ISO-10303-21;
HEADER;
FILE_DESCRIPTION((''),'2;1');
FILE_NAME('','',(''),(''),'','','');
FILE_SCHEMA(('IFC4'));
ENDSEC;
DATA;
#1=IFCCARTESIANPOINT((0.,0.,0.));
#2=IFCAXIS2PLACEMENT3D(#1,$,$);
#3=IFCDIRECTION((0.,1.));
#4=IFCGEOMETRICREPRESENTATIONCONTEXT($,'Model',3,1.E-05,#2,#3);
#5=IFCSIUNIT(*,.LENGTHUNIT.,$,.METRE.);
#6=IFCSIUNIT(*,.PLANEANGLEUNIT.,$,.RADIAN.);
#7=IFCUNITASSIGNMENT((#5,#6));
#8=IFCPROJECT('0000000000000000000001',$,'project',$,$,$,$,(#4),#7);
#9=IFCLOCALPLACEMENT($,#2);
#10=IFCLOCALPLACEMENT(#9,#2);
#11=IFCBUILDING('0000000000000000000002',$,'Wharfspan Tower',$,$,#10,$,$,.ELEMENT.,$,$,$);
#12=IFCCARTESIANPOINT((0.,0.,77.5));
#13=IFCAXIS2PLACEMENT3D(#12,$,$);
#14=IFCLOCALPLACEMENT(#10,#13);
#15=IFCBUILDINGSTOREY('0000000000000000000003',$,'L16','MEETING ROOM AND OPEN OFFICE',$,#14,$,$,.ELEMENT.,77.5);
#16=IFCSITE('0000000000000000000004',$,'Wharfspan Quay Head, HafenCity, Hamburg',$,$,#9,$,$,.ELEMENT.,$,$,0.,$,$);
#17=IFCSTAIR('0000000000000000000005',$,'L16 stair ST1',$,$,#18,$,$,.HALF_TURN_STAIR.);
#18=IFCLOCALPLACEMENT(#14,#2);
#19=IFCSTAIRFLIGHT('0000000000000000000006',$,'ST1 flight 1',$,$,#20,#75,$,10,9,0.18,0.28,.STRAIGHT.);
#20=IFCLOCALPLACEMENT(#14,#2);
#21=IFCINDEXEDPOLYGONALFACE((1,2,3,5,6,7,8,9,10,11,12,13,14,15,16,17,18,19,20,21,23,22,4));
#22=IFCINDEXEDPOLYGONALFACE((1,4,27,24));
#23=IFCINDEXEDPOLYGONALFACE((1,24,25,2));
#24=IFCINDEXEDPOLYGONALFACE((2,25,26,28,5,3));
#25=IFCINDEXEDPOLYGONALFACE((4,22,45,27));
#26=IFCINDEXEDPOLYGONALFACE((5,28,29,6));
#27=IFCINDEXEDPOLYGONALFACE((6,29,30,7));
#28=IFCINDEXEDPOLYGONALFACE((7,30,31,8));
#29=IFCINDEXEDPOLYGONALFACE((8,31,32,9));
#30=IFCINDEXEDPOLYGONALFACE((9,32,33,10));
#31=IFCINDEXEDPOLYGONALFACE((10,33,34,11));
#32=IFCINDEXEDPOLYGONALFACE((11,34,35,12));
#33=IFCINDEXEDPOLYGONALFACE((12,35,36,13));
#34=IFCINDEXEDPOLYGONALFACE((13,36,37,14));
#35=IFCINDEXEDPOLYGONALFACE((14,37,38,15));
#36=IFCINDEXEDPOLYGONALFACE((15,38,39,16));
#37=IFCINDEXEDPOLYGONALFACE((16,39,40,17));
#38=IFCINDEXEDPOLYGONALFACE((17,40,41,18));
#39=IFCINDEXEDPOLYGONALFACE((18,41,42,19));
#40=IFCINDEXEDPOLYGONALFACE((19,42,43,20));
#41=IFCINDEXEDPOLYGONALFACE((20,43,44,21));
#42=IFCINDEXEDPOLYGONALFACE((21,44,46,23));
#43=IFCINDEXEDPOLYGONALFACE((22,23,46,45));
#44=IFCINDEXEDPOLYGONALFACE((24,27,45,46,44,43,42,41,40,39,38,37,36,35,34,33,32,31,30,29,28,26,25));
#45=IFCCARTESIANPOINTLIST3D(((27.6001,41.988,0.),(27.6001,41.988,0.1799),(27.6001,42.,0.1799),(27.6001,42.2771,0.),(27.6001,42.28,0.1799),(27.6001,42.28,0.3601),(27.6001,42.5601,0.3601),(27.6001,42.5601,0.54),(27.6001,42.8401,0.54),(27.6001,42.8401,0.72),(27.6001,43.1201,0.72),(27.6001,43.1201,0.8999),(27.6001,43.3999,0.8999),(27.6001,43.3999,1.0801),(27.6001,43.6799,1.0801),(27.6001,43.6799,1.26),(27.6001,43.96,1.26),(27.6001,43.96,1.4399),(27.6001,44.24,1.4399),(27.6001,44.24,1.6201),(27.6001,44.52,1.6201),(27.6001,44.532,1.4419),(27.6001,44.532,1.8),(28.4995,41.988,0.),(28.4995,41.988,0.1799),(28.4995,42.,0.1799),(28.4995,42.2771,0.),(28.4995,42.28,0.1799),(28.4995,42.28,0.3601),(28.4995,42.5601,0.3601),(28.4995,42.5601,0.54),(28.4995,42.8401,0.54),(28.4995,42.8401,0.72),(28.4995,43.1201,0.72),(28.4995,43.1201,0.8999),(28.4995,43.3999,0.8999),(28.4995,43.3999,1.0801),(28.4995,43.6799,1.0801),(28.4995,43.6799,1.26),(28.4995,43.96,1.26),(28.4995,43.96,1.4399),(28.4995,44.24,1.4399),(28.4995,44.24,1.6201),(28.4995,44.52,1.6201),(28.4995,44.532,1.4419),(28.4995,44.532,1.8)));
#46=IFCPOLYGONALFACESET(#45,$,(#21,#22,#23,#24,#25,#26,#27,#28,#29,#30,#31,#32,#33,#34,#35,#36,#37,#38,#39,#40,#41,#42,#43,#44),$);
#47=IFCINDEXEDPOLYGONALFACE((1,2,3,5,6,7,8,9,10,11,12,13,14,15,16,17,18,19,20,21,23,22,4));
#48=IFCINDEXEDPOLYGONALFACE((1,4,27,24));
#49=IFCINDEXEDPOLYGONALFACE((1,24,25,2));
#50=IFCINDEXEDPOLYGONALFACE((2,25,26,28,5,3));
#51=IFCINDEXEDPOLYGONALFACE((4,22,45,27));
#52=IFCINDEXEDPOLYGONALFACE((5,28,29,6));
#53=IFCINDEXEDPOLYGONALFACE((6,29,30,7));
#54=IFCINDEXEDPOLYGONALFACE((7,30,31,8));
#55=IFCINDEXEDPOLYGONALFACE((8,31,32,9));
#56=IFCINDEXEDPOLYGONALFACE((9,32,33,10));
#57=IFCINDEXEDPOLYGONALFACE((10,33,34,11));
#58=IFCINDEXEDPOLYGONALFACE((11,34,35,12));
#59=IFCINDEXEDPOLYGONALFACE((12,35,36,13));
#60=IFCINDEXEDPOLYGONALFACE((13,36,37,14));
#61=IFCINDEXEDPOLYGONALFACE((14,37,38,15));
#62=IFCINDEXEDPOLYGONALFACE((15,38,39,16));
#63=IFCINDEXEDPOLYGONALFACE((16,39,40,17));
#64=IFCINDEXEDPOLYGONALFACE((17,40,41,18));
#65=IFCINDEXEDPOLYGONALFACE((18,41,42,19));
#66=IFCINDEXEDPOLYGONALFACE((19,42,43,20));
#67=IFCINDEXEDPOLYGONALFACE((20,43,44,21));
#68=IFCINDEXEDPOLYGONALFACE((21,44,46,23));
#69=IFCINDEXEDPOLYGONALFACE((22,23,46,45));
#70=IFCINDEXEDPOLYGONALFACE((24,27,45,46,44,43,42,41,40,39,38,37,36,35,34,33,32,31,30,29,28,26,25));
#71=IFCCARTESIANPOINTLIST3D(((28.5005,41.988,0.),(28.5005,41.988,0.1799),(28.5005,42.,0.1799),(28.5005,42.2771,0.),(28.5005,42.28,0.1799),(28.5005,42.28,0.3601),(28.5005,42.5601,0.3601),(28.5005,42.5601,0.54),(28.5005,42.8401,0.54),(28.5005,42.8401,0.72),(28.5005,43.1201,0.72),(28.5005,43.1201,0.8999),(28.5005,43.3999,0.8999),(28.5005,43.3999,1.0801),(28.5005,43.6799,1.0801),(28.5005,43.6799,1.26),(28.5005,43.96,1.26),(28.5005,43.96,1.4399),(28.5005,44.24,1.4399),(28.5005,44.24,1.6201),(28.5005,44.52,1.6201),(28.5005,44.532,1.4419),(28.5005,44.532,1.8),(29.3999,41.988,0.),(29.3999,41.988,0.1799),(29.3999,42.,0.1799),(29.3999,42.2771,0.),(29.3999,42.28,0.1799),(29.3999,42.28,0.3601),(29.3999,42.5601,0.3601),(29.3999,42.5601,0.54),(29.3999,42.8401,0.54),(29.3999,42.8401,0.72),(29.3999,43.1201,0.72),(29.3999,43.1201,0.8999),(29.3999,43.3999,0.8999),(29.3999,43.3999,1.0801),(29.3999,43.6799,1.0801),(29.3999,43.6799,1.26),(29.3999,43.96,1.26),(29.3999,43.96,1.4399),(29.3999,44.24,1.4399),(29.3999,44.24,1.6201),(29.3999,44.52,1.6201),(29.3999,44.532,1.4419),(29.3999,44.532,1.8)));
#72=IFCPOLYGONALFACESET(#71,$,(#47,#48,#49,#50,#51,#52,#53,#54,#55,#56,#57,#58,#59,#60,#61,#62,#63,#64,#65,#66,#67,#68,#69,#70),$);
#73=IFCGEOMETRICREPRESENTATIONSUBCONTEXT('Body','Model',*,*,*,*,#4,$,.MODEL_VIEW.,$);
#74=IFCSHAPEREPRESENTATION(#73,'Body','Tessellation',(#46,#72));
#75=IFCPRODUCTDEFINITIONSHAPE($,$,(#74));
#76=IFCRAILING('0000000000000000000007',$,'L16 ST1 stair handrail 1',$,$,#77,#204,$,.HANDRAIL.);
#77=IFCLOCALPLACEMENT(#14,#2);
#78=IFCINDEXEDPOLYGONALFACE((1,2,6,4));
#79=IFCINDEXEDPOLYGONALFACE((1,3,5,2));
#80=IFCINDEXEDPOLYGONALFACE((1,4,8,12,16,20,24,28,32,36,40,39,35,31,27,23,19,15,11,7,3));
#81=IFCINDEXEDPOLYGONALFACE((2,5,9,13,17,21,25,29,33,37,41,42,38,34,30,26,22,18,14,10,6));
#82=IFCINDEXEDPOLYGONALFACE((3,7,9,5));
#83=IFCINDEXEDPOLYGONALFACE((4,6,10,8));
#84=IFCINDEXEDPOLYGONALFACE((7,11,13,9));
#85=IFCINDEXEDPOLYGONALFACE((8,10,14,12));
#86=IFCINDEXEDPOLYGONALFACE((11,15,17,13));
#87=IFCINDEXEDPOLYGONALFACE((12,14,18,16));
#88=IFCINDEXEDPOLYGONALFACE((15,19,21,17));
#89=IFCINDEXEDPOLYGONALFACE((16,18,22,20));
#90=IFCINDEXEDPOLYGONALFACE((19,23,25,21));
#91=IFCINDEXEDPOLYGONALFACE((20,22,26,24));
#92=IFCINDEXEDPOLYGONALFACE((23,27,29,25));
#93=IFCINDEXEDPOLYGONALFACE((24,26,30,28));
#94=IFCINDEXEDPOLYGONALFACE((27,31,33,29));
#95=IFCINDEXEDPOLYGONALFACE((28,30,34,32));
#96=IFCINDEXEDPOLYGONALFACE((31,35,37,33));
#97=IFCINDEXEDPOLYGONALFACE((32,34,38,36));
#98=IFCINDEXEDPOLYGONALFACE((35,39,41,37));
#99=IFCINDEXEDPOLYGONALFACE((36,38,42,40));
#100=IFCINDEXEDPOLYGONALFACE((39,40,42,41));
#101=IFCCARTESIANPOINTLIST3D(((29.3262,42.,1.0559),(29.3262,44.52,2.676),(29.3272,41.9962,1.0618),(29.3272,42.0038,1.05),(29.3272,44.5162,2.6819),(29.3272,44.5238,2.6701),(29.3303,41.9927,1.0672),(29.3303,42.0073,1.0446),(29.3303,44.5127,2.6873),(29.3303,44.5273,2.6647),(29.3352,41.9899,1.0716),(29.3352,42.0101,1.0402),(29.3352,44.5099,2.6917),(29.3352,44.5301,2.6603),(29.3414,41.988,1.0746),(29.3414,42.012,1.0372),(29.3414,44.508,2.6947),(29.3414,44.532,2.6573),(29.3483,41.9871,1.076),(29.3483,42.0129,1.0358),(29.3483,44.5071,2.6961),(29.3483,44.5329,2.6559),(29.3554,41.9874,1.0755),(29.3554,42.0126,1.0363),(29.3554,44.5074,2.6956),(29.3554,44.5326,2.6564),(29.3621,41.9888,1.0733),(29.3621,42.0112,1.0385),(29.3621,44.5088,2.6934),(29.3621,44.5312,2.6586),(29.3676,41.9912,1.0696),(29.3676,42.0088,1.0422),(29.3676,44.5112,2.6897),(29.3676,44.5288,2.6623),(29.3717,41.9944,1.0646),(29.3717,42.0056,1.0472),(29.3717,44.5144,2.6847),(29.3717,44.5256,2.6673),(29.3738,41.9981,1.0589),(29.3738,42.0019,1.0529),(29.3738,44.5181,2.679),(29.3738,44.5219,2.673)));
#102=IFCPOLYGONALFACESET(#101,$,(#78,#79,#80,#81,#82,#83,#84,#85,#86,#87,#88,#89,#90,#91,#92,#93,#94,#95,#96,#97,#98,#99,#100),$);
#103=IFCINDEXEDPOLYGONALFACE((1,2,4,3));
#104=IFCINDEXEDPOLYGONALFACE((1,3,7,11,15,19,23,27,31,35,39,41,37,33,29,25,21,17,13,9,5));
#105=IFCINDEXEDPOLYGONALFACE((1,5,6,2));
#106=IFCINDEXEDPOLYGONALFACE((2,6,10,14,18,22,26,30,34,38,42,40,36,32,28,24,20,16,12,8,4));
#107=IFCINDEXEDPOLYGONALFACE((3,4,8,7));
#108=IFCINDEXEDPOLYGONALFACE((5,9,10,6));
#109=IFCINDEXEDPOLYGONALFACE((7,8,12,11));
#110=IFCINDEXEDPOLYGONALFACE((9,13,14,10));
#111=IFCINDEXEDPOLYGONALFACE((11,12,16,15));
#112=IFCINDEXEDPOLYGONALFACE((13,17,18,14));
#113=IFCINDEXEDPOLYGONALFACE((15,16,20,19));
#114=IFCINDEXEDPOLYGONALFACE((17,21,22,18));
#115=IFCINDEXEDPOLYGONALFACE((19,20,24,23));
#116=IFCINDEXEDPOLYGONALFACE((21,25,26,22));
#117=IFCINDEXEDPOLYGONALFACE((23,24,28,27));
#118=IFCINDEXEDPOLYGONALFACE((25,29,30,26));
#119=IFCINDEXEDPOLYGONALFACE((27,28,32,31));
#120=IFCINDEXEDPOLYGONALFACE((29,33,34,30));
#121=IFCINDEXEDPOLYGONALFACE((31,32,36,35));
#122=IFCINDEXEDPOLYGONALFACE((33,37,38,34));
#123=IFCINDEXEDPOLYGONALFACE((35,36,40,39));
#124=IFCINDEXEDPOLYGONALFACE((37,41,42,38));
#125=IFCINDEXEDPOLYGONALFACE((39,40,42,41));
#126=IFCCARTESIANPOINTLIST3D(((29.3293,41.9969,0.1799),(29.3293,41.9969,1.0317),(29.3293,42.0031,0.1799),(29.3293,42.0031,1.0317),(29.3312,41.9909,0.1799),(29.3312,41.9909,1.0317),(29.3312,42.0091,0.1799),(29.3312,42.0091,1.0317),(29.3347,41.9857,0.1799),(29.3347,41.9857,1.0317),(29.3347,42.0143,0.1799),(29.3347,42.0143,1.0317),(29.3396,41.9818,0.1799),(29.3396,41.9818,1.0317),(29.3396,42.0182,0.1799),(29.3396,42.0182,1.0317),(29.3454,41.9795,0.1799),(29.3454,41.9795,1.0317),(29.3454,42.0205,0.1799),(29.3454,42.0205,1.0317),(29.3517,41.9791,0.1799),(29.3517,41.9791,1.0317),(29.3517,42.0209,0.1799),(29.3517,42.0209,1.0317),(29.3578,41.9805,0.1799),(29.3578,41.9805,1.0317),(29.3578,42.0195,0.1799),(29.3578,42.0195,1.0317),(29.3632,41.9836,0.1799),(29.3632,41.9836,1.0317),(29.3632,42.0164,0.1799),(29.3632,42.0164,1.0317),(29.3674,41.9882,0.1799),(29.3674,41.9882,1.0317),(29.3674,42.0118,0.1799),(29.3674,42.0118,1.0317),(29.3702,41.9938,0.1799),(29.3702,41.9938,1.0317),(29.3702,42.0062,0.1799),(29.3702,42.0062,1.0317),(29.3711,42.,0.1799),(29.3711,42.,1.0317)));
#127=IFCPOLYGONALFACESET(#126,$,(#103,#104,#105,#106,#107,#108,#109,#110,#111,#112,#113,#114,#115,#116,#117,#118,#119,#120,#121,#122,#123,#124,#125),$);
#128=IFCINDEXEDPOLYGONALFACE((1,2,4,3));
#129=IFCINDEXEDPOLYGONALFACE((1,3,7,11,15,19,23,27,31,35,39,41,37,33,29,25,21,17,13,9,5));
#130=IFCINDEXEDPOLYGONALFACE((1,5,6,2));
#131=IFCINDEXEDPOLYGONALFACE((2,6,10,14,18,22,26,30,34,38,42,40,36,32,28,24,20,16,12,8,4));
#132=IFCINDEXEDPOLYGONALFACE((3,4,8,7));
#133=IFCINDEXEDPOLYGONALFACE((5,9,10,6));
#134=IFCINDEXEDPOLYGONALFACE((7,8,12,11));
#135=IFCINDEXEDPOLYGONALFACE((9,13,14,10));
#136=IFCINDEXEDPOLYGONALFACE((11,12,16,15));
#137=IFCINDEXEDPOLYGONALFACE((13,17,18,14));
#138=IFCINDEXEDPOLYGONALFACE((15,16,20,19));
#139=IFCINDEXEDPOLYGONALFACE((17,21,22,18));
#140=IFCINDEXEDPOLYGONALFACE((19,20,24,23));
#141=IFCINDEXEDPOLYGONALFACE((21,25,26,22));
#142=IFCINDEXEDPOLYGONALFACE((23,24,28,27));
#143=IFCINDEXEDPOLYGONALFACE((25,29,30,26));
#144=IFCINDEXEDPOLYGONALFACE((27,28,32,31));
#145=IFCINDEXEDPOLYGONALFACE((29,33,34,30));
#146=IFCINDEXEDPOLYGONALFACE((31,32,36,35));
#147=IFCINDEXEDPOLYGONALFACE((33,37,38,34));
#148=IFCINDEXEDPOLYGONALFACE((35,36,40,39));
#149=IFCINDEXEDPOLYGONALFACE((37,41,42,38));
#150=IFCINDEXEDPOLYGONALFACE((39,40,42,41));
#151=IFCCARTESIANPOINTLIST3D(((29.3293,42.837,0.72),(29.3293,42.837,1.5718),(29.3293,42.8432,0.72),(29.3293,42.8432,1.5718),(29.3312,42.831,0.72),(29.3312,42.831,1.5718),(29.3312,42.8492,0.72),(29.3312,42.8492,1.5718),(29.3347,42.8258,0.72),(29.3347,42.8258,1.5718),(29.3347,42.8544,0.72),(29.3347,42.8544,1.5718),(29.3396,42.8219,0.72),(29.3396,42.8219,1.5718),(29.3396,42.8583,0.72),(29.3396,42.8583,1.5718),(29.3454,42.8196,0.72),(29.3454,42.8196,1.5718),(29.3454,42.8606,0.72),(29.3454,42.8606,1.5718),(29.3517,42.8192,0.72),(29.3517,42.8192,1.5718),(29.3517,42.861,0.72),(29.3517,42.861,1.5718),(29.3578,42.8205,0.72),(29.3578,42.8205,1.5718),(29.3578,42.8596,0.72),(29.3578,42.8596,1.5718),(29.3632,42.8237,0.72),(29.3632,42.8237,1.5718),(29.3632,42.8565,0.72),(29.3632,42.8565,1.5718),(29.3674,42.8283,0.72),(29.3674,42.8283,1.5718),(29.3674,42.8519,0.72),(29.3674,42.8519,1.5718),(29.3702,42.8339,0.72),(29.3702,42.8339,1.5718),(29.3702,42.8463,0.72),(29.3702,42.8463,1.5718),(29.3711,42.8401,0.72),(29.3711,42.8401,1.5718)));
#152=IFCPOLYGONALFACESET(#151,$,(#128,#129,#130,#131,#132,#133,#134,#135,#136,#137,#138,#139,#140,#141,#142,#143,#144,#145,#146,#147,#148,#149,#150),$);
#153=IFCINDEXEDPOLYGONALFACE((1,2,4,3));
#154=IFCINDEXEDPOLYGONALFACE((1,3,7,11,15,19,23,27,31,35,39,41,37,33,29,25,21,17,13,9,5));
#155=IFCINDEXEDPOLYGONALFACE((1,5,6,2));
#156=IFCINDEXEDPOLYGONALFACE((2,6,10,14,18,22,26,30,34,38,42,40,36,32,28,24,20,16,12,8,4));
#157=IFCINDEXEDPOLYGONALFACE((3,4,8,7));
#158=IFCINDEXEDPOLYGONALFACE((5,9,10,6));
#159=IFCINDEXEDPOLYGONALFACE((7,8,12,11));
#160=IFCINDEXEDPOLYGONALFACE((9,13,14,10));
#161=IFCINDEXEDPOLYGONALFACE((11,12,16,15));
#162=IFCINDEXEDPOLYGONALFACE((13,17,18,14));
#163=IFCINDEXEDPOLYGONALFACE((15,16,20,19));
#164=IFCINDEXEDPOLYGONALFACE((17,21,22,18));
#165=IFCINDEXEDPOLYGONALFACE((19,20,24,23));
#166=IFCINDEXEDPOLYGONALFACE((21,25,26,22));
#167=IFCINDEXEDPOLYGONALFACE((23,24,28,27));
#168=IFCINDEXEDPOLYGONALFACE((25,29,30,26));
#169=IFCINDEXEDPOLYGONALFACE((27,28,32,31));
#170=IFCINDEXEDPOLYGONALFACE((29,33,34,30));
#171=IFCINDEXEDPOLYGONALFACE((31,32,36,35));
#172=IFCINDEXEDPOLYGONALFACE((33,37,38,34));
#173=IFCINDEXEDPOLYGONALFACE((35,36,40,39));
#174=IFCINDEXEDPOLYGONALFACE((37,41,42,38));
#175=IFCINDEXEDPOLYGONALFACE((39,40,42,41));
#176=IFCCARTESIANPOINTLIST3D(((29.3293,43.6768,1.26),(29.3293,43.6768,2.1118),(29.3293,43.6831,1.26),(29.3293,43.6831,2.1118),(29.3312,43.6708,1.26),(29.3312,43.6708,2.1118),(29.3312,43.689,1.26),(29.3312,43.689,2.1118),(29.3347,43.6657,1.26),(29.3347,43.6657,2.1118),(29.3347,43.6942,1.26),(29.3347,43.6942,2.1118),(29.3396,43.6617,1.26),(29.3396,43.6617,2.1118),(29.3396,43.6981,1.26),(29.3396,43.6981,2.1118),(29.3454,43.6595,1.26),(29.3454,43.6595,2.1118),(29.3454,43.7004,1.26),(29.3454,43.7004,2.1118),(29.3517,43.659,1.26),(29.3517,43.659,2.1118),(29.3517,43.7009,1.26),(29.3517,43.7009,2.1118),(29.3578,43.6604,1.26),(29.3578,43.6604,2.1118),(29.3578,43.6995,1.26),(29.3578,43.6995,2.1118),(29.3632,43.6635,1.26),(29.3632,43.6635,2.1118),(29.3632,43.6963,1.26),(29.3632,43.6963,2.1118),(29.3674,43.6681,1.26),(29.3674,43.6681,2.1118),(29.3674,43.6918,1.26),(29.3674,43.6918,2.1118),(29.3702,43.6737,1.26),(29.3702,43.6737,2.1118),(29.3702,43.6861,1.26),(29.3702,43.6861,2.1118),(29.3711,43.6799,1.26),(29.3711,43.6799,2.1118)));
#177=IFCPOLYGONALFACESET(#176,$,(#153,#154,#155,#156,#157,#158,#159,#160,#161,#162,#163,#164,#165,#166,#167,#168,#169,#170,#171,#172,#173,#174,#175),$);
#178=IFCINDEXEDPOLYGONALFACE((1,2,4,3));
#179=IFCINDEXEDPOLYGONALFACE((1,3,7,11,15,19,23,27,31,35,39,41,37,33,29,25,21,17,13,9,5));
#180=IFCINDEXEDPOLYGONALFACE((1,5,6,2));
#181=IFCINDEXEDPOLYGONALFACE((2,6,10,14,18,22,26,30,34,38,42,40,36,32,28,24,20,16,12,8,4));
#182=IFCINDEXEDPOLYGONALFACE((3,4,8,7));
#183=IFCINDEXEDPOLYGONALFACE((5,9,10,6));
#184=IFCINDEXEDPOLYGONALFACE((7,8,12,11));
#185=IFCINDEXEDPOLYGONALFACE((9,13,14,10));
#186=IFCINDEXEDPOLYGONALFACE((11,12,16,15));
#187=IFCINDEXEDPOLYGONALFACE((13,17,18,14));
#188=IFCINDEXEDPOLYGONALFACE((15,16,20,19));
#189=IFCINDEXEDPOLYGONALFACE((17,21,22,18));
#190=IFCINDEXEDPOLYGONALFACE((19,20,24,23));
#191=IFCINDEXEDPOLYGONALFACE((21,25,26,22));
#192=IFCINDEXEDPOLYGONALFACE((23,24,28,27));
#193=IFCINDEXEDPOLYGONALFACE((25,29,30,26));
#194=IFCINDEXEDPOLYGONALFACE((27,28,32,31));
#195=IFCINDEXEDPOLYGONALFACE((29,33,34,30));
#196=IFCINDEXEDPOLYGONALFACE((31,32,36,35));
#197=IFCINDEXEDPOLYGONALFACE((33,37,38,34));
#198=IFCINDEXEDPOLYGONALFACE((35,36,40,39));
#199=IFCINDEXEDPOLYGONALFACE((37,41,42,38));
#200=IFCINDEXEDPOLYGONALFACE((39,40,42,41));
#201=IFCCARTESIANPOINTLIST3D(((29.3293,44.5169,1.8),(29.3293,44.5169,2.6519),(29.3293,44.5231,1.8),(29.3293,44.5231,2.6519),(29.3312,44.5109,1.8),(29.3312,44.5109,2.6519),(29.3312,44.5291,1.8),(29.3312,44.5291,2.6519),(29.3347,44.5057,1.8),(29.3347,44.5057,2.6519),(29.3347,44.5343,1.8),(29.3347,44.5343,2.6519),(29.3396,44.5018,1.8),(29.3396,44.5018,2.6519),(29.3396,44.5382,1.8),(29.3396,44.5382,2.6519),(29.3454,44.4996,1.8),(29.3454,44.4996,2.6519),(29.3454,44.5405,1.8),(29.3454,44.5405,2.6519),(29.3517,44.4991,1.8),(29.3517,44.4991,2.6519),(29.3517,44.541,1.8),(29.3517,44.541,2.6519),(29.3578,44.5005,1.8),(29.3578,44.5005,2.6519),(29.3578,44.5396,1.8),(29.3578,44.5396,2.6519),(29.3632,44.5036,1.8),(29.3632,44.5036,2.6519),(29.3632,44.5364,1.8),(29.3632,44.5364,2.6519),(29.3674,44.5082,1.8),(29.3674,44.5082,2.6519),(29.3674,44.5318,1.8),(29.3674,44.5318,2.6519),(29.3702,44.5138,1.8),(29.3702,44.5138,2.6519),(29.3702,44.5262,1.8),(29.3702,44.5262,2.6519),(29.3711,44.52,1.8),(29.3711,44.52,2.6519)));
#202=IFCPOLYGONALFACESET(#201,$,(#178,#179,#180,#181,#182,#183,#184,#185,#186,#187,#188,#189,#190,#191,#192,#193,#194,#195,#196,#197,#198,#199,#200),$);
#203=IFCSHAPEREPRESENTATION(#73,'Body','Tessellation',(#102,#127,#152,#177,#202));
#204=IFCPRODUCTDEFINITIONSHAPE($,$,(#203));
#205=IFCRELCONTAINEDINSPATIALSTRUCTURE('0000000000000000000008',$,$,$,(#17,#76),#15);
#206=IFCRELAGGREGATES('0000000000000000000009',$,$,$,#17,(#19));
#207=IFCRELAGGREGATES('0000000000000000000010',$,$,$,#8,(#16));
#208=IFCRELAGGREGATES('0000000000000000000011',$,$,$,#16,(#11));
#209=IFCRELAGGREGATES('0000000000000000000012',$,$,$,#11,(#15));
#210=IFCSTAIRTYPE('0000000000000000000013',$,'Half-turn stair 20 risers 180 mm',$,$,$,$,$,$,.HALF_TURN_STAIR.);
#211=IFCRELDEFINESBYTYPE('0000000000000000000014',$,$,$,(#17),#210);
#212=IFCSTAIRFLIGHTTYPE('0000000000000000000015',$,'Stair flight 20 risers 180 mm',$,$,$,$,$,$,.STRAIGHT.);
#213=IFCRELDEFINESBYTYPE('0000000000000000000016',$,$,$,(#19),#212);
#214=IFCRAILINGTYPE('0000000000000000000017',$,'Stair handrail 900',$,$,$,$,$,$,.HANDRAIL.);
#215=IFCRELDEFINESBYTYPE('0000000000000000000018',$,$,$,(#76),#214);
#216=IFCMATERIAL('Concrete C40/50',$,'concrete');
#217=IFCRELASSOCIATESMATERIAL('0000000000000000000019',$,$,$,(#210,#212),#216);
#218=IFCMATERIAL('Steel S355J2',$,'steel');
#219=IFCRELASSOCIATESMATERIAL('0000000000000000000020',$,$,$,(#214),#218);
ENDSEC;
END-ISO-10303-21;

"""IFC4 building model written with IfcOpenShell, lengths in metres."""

from ifc_helpers import new_model, si_unit, direction, frame, origin, origin_2d, place, context, subcontext, project, spatial, polyline, circle, outline, extrude, material, type_object, element, aggregate, save


model = new_model("IFC4")

# Units and contexts
model_context = context("Model", 3, precision=1e-05, world=origin(), true_north=direction((0.0, 1.0)))
body_context = subcontext(model_context, "Body", "Model", "MODEL_VIEW")
ifc_project = project(units=[si_unit("LENGTHUNIT", "METRE"), si_unit("PLANEANGLEUNIT", "RADIAN")], contexts=[model_context])

# Site, building, storey
site_placement = place(None, origin())
site = spatial("IfcSite", under=ifc_project, at=site_placement, Name="Wharfspan Quay Head, HafenCity, Hamburg", CompositionType="ELEMENT", RefElevation=0.0)
building_placement = place(site_placement, origin())
building = spatial("IfcBuilding", under=site, at=building_placement, Name="Wharfspan Tower", CompositionType="ELEMENT")
storey_placement = place(building_placement, frame((0.0, 0.0, 77.5)))
storey = spatial("IfcBuildingStorey", under=building, at=storey_placement, Name="L16", Description="MEETING ROOM AND OPEN OFFICE", CompositionType="ELEMENT", Elevation=77.5)

# Shared definitions
ifc_material_1 = material(Name="Steel S355J2", Category="steel")

# Stair, stair flight
ifc_material_2 = material(Name="Concrete C40/50", Category="concrete")
stair_type = type_object("IfcStairType", Name="Half-turn stair 20 risers 180 mm", PredefinedType="HALF_TURN_STAIR", material=ifc_material_2)
stair_placement = place(storey_placement, origin())
stair = element("IfcStair", 1, at=stair_placement, inside=storey, type_object=stair_type, Name="L16 stair ST1", PredefinedType="HALF_TURN_STAIR")
stair_flight_type = type_object("IfcStairFlightType", Name="Stair flight 20 risers 180 mm", PredefinedType="STRAIGHT", material=ifc_material_2)
stair_flight_placement = place(storey_placement, frame((28.5, 42.0, 0.0), z_axis=(0.0, 0.0, 1.0), x_axis=(0.0, 1.0, 0.0)))
stair_flight = element("IfcStairFlight", 2, at=stair_flight_placement, type_object=stair_flight_type, Name="ST1 flight 1", NumberOfRisers=10, NumberOfTreads=9, PredefinedType="STRAIGHT", RiserHeight=0.18, TreadLength=0.28, context=body_context, shape_type="SweptSolid", body=[
    extrude(outline(polyline([(-0.012, 0.0), (-0.012, 0.1799), (0.0, 0.1799), (0.28, 0.1799), (0.28, 0.3601), (0.5601, 0.3601), (0.5601, 0.54), (0.8401, 0.54), (0.8401, 0.72), (1.1201, 0.72), (1.1201, 0.8999), (1.3999, 0.8999), (1.3999, 1.0801), (1.6799, 1.0801), (1.6799, 1.26), (1.96, 1.26), (1.96, 1.4399), (2.24, 1.4399), (2.24, 1.6201), (2.52, 1.6201), (2.532, 1.8), (2.532, 1.4419), (0.2771, 0.0), (-0.012, 0.0)])), frame((0.0, 0.8999, 0.0), z_axis=(0.0, -1.0, 0.0), x_axis=(1.0, 0.0, 0.0)), (0.0, 0.0, 1.0), 0.8994),
    extrude(outline(polyline([(-0.012, 0.0), (-0.012, 0.1799), (0.0, 0.1799), (0.28, 0.1799), (0.28, 0.3601), (0.5601, 0.3601), (0.5601, 0.54), (0.8401, 0.54), (0.8401, 0.72), (1.1201, 0.72), (1.1201, 0.8999), (1.3999, 0.8999), (1.3999, 1.0801), (1.6799, 1.0801), (1.6799, 1.26), (1.96, 1.26), (1.96, 1.4399), (2.24, 1.4399), (2.24, 1.6201), (2.52, 1.6201), (2.532, 1.8), (2.532, 1.4419), (0.2771, 0.0), (-0.012, 0.0)])), frame((0.0, -0.0005, 0.0), z_axis=(0.0, -1.0, 0.0), x_axis=(1.0, 0.0, 0.0)), (0.0, 0.0, 1.0), 0.8994),
])
aggregate(stair, [stair_flight])

# Railing
railing_type_1 = type_object("IfcRailingType", Name="Stair handrail 900", PredefinedType="HANDRAIL", material=ifc_material_1)
railing_1_placement = place(storey_placement, frame((29.3501, 42.0, 0.1799)))
element("IfcRailing", 3, at=railing_1_placement, inside=storey, type_object=railing_type_1, Name="L16 ST1 stair handrail 1", PredefinedType="HANDRAIL", context=body_context, shape_type="SweptSolid", body=[
    extrude(circle(Radius=0.0239, at=origin_2d()), frame((0.0, 0.0, 0.876), z_axis=(0.0, 0.841163, 0.540782), x_axis=(-1.0, 0.0, 0.0)), (0.0, 0.0, 1.0), 2.9958),
    extrude(circle(Radius=0.021, at=origin_2d()), origin(), (0.0, 0.0, 1.0), 0.8518),
    extrude(circle(Radius=0.021, at=origin_2d()), frame((0.0, 0.8401, 0.54)), (0.0, 0.0, 1.0), 0.8518),
    extrude(circle(Radius=0.021, at=origin_2d()), frame((0.0, 1.6799, 1.0801)), (0.0, 0.0, 1.0), 0.8518),
    extrude(circle(Radius=0.021, at=origin_2d()), frame((0.0, 2.52, 1.6201)), (0.0, 0.0, 1.0), 0.8518),
])

save(model, "model.ifc")
